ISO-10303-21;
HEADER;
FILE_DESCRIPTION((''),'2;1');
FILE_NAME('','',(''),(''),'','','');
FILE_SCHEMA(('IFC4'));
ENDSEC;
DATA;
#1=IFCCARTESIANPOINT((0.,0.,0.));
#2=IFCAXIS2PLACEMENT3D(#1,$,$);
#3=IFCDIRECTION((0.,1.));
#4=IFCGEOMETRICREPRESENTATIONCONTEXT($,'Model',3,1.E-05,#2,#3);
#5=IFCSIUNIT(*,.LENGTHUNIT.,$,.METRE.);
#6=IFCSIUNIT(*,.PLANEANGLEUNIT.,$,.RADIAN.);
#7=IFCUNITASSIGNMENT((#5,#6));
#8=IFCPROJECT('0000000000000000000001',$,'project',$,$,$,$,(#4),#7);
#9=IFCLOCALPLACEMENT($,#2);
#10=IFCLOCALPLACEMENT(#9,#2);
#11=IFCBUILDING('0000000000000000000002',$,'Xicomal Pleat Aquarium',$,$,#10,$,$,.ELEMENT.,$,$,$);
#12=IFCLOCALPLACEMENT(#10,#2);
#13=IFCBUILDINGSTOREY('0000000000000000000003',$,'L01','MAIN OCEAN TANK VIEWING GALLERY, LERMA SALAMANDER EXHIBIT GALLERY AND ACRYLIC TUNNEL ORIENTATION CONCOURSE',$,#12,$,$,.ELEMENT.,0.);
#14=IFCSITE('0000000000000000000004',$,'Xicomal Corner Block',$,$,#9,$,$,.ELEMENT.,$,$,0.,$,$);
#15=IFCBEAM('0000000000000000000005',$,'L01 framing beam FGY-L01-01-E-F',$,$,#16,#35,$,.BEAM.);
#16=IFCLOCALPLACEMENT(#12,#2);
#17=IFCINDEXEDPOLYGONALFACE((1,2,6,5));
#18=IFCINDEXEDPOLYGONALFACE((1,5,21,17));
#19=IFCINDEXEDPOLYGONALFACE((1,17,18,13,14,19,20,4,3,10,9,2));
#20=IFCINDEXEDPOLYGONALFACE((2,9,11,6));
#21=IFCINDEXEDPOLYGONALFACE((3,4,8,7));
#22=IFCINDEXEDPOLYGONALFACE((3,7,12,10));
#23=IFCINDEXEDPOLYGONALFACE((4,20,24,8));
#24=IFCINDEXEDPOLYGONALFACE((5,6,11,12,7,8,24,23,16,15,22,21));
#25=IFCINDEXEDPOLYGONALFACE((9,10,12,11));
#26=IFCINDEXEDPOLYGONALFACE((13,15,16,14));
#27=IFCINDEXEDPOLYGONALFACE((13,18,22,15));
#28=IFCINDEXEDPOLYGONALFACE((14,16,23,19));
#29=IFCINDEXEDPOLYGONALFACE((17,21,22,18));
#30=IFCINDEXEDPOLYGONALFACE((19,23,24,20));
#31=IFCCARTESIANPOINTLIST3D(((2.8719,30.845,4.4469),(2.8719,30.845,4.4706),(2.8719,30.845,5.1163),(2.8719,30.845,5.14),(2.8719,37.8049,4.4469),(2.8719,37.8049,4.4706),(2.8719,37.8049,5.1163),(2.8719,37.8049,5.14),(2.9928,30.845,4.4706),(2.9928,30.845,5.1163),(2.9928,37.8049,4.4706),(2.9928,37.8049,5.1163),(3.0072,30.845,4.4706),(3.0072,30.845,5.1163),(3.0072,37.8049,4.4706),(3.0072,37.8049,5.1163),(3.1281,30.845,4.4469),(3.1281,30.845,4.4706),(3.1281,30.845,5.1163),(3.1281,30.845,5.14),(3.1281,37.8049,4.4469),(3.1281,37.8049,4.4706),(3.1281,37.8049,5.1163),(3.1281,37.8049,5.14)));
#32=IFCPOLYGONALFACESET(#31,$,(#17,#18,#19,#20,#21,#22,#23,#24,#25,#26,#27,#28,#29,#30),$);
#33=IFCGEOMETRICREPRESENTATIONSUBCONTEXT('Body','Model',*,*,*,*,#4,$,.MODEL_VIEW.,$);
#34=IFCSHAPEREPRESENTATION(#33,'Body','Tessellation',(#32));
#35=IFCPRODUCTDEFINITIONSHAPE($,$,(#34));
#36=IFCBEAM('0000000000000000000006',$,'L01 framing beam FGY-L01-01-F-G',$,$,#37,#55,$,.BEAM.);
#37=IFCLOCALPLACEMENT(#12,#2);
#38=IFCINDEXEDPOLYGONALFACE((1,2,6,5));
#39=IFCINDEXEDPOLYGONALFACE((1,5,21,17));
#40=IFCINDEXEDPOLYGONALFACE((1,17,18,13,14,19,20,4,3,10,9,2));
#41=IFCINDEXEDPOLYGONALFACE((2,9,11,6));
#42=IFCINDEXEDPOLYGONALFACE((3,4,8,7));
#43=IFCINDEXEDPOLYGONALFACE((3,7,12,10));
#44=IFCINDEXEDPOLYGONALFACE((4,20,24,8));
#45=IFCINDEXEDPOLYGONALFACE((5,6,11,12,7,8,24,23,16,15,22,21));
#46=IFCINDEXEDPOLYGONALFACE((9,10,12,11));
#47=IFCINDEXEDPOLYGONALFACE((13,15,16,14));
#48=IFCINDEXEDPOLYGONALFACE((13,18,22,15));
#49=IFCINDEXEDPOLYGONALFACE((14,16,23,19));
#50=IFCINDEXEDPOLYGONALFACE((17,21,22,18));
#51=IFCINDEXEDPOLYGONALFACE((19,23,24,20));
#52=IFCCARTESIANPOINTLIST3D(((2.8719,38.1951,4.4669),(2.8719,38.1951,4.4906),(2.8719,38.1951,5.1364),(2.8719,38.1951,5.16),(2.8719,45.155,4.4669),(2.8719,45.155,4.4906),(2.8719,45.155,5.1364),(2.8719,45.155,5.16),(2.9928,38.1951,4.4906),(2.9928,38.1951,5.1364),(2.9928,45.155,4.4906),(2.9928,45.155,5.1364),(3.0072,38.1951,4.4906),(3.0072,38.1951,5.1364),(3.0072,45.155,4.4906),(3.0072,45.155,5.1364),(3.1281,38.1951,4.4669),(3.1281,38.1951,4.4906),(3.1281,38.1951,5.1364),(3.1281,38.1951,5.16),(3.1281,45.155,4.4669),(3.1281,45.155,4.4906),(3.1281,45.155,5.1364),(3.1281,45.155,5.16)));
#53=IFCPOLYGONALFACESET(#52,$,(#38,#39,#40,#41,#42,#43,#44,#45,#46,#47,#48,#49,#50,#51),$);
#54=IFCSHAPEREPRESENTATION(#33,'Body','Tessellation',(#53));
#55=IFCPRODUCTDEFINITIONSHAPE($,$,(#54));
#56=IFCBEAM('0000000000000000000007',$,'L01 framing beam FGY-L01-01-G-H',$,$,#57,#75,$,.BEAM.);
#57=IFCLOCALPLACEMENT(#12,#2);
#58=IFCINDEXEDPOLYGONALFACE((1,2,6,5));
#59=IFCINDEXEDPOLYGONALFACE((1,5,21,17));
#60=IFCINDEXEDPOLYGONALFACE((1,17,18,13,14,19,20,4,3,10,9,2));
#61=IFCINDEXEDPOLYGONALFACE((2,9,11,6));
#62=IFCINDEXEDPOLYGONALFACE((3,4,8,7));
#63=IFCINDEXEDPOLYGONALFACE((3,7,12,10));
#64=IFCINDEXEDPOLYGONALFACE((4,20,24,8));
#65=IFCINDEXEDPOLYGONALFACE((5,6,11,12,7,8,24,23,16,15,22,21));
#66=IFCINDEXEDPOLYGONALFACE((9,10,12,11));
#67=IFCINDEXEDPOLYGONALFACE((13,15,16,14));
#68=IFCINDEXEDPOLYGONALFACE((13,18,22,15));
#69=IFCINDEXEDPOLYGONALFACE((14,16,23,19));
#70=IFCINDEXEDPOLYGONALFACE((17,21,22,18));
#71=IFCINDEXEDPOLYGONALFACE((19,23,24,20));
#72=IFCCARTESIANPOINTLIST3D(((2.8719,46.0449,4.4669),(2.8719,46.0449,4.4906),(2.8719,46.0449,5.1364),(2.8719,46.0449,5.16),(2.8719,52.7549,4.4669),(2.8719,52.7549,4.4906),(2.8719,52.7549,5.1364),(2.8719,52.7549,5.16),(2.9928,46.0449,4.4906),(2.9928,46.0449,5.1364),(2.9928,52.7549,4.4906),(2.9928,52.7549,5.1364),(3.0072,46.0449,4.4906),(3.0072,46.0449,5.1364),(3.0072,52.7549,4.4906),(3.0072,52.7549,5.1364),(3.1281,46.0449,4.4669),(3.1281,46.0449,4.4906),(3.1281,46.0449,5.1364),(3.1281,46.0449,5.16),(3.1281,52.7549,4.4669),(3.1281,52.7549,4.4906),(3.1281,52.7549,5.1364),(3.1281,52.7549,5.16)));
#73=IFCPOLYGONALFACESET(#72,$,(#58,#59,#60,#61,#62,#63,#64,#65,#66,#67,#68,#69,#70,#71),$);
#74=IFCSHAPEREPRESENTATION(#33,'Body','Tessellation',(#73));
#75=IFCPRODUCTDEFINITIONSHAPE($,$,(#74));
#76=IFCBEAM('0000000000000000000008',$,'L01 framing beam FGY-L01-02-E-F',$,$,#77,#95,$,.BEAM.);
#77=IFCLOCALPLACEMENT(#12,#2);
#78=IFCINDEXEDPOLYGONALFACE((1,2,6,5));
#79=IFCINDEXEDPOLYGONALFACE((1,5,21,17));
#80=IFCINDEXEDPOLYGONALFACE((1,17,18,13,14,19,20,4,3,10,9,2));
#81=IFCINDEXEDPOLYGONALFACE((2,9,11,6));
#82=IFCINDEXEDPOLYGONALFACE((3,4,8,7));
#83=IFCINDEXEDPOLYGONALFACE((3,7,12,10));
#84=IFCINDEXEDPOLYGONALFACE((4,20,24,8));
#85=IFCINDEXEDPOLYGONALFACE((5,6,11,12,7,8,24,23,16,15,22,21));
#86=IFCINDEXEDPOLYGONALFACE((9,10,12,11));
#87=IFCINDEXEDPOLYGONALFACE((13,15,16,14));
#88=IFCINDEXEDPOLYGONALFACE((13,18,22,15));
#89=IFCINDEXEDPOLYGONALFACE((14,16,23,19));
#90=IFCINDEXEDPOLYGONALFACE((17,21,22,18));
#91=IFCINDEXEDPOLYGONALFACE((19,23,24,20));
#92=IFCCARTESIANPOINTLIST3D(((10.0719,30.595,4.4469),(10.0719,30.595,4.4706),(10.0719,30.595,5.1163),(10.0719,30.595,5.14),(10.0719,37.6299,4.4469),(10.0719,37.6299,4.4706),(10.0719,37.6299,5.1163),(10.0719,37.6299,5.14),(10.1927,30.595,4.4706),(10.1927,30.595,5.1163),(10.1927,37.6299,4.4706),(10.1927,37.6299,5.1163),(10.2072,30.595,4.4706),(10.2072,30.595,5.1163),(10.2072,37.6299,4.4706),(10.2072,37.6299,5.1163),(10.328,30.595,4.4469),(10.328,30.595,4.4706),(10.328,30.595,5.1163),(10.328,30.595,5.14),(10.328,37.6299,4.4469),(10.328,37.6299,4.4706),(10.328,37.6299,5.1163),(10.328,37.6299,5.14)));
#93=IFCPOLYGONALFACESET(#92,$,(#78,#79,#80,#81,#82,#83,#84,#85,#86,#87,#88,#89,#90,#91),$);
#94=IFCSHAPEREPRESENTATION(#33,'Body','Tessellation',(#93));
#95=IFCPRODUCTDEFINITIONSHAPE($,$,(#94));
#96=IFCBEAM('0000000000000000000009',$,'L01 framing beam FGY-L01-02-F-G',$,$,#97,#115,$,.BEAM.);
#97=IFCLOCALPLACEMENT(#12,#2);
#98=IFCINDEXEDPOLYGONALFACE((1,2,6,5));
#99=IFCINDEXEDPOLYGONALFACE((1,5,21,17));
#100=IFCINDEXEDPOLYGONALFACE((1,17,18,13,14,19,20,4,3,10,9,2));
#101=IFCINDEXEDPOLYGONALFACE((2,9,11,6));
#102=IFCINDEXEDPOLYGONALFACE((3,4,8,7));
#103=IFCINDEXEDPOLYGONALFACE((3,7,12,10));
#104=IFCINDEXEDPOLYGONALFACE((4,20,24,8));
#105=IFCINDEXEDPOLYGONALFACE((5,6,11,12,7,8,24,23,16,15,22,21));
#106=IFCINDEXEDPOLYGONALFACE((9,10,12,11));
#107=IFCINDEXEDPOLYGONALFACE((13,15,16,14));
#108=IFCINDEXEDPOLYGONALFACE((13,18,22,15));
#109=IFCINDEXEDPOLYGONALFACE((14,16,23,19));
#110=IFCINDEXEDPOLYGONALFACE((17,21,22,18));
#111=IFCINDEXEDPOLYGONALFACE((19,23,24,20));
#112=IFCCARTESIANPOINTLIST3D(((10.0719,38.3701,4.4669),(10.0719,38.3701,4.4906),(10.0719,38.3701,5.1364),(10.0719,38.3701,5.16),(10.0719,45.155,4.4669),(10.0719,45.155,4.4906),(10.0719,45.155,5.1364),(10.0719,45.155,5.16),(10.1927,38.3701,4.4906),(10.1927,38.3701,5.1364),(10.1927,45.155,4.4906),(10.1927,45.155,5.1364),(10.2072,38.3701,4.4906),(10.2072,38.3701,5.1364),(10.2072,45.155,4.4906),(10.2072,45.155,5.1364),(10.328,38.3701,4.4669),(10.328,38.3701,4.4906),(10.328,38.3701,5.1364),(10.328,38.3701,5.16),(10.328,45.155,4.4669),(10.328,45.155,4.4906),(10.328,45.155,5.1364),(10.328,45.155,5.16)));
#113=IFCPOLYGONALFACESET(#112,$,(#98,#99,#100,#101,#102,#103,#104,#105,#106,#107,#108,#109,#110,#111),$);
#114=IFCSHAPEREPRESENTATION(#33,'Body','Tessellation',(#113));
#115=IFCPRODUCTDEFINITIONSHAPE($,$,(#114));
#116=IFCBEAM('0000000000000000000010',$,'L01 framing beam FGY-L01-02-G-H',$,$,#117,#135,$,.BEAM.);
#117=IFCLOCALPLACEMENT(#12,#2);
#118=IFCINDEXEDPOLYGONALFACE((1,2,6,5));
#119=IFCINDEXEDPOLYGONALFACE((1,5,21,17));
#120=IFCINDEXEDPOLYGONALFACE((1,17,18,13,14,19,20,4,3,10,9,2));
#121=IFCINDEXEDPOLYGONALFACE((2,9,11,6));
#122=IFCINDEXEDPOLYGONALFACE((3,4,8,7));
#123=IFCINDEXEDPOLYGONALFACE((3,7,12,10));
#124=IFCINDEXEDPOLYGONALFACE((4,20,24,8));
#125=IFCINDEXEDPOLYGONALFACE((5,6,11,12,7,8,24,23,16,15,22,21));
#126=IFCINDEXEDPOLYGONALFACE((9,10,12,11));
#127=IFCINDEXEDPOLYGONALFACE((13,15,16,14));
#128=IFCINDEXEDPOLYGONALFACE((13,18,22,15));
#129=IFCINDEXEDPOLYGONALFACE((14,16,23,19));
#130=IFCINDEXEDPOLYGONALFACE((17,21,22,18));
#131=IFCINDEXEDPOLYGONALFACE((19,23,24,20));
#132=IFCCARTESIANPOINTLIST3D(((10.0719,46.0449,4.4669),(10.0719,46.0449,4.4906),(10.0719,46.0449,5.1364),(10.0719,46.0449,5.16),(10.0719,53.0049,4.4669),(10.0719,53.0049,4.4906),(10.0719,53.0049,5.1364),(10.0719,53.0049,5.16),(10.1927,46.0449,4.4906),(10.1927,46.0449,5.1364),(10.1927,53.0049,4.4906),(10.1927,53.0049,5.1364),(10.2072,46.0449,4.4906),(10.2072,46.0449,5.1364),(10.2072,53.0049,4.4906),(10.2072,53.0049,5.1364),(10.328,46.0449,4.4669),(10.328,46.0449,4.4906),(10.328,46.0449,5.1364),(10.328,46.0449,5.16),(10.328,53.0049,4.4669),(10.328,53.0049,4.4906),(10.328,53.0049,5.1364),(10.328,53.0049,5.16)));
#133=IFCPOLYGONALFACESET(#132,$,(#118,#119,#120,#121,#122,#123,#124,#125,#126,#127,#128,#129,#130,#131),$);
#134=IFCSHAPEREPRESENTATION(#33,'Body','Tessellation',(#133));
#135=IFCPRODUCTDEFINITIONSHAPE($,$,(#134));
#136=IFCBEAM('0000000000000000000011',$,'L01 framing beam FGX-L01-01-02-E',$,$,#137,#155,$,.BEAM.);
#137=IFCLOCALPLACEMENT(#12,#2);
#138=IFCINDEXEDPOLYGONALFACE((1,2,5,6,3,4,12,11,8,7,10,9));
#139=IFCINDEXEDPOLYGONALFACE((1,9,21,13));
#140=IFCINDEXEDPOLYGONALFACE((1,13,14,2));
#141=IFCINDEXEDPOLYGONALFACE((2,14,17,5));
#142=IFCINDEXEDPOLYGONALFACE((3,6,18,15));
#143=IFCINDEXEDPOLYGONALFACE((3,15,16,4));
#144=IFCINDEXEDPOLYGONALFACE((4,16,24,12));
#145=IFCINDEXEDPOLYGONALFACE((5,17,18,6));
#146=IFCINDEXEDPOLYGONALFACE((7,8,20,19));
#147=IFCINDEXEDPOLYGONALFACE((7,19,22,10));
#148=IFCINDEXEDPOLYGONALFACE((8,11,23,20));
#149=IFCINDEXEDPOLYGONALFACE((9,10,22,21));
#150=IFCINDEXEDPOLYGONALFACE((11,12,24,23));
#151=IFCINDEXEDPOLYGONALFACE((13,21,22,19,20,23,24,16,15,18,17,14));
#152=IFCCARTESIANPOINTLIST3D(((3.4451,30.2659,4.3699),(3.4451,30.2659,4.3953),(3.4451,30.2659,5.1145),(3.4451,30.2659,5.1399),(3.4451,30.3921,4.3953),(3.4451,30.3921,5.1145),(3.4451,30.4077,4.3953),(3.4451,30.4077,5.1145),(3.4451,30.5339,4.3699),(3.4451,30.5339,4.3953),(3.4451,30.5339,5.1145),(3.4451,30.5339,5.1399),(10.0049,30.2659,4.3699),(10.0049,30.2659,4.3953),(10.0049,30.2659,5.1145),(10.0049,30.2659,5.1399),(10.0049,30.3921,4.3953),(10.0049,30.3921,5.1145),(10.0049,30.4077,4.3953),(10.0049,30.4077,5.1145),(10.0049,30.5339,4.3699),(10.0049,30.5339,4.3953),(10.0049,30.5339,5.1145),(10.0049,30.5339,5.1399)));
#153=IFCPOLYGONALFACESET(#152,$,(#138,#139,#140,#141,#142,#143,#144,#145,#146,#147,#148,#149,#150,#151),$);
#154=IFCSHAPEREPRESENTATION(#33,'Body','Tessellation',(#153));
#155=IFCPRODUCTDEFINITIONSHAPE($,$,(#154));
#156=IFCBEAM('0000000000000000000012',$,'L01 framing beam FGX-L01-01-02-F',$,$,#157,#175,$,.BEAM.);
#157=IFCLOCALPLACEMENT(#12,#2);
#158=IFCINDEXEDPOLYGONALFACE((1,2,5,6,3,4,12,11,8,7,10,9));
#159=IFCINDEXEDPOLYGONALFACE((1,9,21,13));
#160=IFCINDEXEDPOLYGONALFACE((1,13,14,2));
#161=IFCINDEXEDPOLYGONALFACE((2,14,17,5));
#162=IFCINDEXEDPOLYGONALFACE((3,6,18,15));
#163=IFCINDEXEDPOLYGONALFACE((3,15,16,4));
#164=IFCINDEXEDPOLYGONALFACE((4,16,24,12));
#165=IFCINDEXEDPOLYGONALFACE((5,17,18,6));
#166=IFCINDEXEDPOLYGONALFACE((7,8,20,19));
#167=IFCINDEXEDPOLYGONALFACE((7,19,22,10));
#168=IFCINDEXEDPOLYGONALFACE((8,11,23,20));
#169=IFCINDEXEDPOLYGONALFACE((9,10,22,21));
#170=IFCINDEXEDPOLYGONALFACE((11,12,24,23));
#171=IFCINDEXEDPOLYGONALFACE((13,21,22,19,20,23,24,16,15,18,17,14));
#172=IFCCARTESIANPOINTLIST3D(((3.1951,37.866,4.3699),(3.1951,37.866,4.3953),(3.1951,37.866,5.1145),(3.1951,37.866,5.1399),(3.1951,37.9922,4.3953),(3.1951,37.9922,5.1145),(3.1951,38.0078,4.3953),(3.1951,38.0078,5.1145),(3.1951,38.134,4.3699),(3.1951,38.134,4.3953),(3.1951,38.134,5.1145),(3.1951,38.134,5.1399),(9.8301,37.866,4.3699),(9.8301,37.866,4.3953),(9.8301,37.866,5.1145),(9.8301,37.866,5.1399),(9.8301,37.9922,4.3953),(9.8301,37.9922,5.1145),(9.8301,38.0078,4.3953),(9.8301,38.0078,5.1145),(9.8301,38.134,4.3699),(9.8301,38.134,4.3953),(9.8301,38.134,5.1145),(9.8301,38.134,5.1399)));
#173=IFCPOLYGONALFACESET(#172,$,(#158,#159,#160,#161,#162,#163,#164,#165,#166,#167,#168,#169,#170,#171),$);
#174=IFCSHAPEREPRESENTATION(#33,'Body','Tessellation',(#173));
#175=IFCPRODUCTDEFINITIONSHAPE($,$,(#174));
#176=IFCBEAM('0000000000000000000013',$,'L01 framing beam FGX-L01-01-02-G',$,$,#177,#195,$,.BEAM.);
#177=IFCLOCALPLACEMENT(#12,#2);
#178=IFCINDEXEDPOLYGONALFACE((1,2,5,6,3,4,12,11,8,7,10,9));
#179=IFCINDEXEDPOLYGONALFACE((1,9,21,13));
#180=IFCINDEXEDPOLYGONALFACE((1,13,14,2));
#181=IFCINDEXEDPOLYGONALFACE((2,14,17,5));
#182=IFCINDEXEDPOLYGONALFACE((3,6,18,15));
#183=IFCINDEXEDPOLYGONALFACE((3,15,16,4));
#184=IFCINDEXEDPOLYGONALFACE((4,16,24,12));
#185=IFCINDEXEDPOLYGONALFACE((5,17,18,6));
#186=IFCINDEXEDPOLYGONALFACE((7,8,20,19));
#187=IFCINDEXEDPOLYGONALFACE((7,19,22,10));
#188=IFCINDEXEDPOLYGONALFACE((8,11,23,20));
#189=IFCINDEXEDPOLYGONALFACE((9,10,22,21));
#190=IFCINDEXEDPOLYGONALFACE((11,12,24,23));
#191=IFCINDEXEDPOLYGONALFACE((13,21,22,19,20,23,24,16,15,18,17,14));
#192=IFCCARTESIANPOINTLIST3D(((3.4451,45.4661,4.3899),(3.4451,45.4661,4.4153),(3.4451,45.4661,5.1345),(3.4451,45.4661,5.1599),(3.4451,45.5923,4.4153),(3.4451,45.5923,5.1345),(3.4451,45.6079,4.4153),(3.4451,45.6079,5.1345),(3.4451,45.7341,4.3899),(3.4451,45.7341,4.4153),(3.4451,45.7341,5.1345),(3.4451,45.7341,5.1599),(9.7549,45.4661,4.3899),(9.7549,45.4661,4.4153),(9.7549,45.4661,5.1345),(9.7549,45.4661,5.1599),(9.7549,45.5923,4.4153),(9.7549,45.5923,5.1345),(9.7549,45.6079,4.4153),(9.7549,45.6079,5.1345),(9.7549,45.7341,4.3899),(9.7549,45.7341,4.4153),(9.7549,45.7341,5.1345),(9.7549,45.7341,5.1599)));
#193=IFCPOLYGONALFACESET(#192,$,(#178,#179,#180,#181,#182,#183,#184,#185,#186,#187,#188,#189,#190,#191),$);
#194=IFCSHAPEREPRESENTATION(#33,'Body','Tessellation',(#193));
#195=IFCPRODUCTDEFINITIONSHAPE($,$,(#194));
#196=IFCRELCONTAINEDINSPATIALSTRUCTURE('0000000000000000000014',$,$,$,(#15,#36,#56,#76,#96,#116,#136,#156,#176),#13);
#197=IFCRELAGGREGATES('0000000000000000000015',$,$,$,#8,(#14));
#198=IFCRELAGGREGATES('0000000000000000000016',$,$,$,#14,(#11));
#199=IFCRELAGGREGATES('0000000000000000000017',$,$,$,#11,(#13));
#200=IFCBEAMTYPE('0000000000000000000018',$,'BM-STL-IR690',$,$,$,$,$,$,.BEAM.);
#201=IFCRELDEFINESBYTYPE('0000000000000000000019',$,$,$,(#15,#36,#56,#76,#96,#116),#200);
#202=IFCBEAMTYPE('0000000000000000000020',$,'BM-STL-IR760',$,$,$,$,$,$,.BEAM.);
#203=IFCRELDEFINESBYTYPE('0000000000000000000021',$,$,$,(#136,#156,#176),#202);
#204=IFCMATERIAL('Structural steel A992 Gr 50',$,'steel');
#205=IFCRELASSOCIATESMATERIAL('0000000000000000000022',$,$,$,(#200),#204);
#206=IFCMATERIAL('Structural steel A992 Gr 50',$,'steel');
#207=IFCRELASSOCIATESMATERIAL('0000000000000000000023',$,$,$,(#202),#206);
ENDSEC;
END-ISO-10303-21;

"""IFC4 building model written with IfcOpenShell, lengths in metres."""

from ifc_helpers import new_model, si_unit, direction, frame, origin, origin_2d, place, context, subcontext, project, spatial, i_section, extrude, material, material_profile, profile_set, type_object, element, save


model = new_model("IFC4")

# Units and contexts
model_context = context("Model", 3, precision=1e-05, world=origin(), true_north=direction((0.0, 1.0)))
body_context = subcontext(model_context, "Body", "Model", "MODEL_VIEW")
ifc_project = project(units=[si_unit("LENGTHUNIT", "METRE"), si_unit("PLANEANGLEUNIT", "RADIAN")], contexts=[model_context])

# Site, building, storey
site_placement = place(None, origin())
site = spatial("IfcSite", under=ifc_project, at=site_placement, Name="Xicomal Corner Block", CompositionType="ELEMENT", RefElevation=0.0)
building_placement = place(site_placement, origin())
building = spatial("IfcBuilding", under=site, at=building_placement, Name="Xicomal Pleat Aquarium", CompositionType="ELEMENT")
storey_placement = place(building_placement, origin())
storey = spatial("IfcBuildingStorey", under=building, at=storey_placement, Name="L01", Description="MAIN OCEAN TANK VIEWING GALLERY, LERMA SALAMANDER EXHIBIT GALLERY AND ACRYLIC TUNNEL ORIENTATION CONCOURSE", CompositionType="ELEMENT", Elevation=0.0)

# Beams
ifc_material_1 = material(Name="Structural steel A992 Gr 50", Category="steel")
ifc_material_profile_1 = material_profile(ifc_material_1, i_section(OverallWidth=0.2561, OverallDepth=0.6931, WebThickness=0.0144, FlangeThickness=0.0237, at=origin_2d()), Name="IR 690x170")
ifc_profile_set_1 = profile_set([ifc_material_profile_1], Name="Structural steel A992 Gr 50")
beam_type_1 = type_object("IfcBeamType", Name="BM-STL-IR690", PredefinedType="BEAM", material=ifc_profile_set_1)
for number, where, z_axis, x_axis, name in (
    (1, (3.0, 30.845, 4.7935), (0.0, 1.0, 0.0), (-1.0, 0.0, 0.0), "L01 framing beam FGY-L01-01-E-F"),
    (2, (3.0, 38.1951, 4.8135), (0.0, 1.0, 0.0), (-1.0, 0.0, 0.0), "L01 framing beam FGY-L01-01-F-G"),
):
    element("IfcBeam", number, at=place(storey_placement, frame(where, z_axis=z_axis, x_axis=x_axis)), inside=storey, type_object=beam_type_1, Name=name, PredefinedType="BEAM", context=body_context, shape_type="SweptSolid", body=[
        extrude(i_section(OverallWidth=0.2561, OverallDepth=0.6931, WebThickness=0.0144, FlangeThickness=0.0237, at=origin_2d()), origin(), (0.0, 0.0, 1.0), 6.96),
    ])
beam_1_placement = place(storey_placement, frame((3.0, 46.0449, 4.8135), z_axis=(0.0, 1.0, 0.0), x_axis=(-1.0, 0.0, 0.0)))
element("IfcBeam", 3, at=beam_1_placement, inside=storey, type_object=beam_type_1, Name="L01 framing beam FGY-L01-01-G-H", PredefinedType="BEAM", context=body_context, shape_type="SweptSolid", body=[
    extrude(i_section(OverallWidth=0.2561, OverallDepth=0.6931, WebThickness=0.0144, FlangeThickness=0.0237, at=origin_2d()), origin(), (0.0, 0.0, 1.0), 6.71),
])
beam_2_placement = place(storey_placement, frame((10.2, 30.595, 4.7935), z_axis=(0.0, 1.0, 0.0), x_axis=(-1.0, 0.0, 0.0)))
element("IfcBeam", 4, at=beam_2_placement, inside=storey, type_object=beam_type_1, Name="L01 framing beam FGY-L01-02-E-F", PredefinedType="BEAM", context=body_context, shape_type="SweptSolid", body=[
    extrude(i_section(OverallWidth=0.2561, OverallDepth=0.6931, WebThickness=0.0144, FlangeThickness=0.0237, at=origin_2d()), origin(), (0.0, 0.0, 1.0), 7.0349),
])
beam_3_placement = place(storey_placement, frame((10.2, 38.3701, 4.8135), z_axis=(0.0, 1.0, 0.0), x_axis=(-1.0, 0.0, 0.0)))
element("IfcBeam", 5, at=beam_3_placement, inside=storey, type_object=beam_type_1, Name="L01 framing beam FGY-L01-02-F-G", PredefinedType="BEAM", context=body_context, shape_type="SweptSolid", body=[
    extrude(i_section(OverallWidth=0.2561, OverallDepth=0.6931, WebThickness=0.0144, FlangeThickness=0.0237, at=origin_2d()), origin(), (0.0, 0.0, 1.0), 6.7849),
])
beam_4_placement = place(storey_placement, frame((10.2, 46.0449, 4.8135), z_axis=(0.0, 1.0, 0.0), x_axis=(-1.0, 0.0, 0.0)))
element("IfcBeam", 6, at=beam_4_placement, inside=storey, type_object=beam_type_1, Name="L01 framing beam FGY-L01-02-G-H", PredefinedType="BEAM", context=body_context, shape_type="SweptSolid", body=[
    extrude(i_section(OverallWidth=0.2561, OverallDepth=0.6931, WebThickness=0.0144, FlangeThickness=0.0237, at=origin_2d()), origin(), (0.0, 0.0, 1.0), 6.96),
])
ifc_material_2 = material(Name="Structural steel A992 Gr 50", Category="steel")
ifc_material_profile_2 = material_profile(ifc_material_2, i_section(OverallWidth=0.2681, OverallDepth=0.77, WebThickness=0.0156, FlangeThickness=0.0254, at=origin_2d()), Name="IR 760x196")
ifc_profile_set_2 = profile_set([ifc_material_profile_2], Name="Structural steel A992 Gr 50")
beam_type_2 = type_object("IfcBeamType", Name="BM-STL-IR760", PredefinedType="BEAM", material=ifc_profile_set_2)
beam_5_placement = place(storey_placement, frame((3.4451, 30.3999, 4.7549), z_axis=(1.0, 0.0, 0.0), x_axis=(0.0, 1.0, 0.0)))
element("IfcBeam", 7, at=beam_5_placement, inside=storey, type_object=beam_type_2, Name="L01 framing beam FGX-L01-01-02-E", PredefinedType="BEAM", context=body_context, shape_type="SweptSolid", body=[
    extrude(i_section(OverallWidth=0.2681, OverallDepth=0.77, WebThickness=0.0156, FlangeThickness=0.0254, at=origin_2d()), origin(), (0.0, 0.0, 1.0), 6.5598),
])
beam_6_placement = place(storey_placement, frame((3.1951, 38.0, 4.7549), z_axis=(1.0, 0.0, 0.0), x_axis=(0.0, 1.0, 0.0)))
element("IfcBeam", 8, at=beam_6_placement, inside=storey, type_object=beam_type_2, Name="L01 framing beam FGX-L01-01-02-F", PredefinedType="BEAM", context=body_context, shape_type="SweptSolid", body=[
    extrude(i_section(OverallWidth=0.2681, OverallDepth=0.77, WebThickness=0.0156, FlangeThickness=0.0254, at=origin_2d()), origin(), (0.0, 0.0, 1.0), 6.635),
])
beam_7_placement = place(storey_placement, frame((3.4451, 45.6001, 4.7749), z_axis=(1.0, 0.0, 0.0), x_axis=(0.0, 1.0, 0.0)))
element("IfcBeam", 9, at=beam_7_placement, inside=storey, type_object=beam_type_2, Name="L01 framing beam FGX-L01-01-02-G", PredefinedType="BEAM", context=body_context, shape_type="SweptSolid", body=[
    extrude(i_section(OverallWidth=0.2681, OverallDepth=0.77, WebThickness=0.0156, FlangeThickness=0.0254, at=origin_2d()), origin(), (0.0, 0.0, 1.0), 6.3098),
])

save(model, "model.ifc")
